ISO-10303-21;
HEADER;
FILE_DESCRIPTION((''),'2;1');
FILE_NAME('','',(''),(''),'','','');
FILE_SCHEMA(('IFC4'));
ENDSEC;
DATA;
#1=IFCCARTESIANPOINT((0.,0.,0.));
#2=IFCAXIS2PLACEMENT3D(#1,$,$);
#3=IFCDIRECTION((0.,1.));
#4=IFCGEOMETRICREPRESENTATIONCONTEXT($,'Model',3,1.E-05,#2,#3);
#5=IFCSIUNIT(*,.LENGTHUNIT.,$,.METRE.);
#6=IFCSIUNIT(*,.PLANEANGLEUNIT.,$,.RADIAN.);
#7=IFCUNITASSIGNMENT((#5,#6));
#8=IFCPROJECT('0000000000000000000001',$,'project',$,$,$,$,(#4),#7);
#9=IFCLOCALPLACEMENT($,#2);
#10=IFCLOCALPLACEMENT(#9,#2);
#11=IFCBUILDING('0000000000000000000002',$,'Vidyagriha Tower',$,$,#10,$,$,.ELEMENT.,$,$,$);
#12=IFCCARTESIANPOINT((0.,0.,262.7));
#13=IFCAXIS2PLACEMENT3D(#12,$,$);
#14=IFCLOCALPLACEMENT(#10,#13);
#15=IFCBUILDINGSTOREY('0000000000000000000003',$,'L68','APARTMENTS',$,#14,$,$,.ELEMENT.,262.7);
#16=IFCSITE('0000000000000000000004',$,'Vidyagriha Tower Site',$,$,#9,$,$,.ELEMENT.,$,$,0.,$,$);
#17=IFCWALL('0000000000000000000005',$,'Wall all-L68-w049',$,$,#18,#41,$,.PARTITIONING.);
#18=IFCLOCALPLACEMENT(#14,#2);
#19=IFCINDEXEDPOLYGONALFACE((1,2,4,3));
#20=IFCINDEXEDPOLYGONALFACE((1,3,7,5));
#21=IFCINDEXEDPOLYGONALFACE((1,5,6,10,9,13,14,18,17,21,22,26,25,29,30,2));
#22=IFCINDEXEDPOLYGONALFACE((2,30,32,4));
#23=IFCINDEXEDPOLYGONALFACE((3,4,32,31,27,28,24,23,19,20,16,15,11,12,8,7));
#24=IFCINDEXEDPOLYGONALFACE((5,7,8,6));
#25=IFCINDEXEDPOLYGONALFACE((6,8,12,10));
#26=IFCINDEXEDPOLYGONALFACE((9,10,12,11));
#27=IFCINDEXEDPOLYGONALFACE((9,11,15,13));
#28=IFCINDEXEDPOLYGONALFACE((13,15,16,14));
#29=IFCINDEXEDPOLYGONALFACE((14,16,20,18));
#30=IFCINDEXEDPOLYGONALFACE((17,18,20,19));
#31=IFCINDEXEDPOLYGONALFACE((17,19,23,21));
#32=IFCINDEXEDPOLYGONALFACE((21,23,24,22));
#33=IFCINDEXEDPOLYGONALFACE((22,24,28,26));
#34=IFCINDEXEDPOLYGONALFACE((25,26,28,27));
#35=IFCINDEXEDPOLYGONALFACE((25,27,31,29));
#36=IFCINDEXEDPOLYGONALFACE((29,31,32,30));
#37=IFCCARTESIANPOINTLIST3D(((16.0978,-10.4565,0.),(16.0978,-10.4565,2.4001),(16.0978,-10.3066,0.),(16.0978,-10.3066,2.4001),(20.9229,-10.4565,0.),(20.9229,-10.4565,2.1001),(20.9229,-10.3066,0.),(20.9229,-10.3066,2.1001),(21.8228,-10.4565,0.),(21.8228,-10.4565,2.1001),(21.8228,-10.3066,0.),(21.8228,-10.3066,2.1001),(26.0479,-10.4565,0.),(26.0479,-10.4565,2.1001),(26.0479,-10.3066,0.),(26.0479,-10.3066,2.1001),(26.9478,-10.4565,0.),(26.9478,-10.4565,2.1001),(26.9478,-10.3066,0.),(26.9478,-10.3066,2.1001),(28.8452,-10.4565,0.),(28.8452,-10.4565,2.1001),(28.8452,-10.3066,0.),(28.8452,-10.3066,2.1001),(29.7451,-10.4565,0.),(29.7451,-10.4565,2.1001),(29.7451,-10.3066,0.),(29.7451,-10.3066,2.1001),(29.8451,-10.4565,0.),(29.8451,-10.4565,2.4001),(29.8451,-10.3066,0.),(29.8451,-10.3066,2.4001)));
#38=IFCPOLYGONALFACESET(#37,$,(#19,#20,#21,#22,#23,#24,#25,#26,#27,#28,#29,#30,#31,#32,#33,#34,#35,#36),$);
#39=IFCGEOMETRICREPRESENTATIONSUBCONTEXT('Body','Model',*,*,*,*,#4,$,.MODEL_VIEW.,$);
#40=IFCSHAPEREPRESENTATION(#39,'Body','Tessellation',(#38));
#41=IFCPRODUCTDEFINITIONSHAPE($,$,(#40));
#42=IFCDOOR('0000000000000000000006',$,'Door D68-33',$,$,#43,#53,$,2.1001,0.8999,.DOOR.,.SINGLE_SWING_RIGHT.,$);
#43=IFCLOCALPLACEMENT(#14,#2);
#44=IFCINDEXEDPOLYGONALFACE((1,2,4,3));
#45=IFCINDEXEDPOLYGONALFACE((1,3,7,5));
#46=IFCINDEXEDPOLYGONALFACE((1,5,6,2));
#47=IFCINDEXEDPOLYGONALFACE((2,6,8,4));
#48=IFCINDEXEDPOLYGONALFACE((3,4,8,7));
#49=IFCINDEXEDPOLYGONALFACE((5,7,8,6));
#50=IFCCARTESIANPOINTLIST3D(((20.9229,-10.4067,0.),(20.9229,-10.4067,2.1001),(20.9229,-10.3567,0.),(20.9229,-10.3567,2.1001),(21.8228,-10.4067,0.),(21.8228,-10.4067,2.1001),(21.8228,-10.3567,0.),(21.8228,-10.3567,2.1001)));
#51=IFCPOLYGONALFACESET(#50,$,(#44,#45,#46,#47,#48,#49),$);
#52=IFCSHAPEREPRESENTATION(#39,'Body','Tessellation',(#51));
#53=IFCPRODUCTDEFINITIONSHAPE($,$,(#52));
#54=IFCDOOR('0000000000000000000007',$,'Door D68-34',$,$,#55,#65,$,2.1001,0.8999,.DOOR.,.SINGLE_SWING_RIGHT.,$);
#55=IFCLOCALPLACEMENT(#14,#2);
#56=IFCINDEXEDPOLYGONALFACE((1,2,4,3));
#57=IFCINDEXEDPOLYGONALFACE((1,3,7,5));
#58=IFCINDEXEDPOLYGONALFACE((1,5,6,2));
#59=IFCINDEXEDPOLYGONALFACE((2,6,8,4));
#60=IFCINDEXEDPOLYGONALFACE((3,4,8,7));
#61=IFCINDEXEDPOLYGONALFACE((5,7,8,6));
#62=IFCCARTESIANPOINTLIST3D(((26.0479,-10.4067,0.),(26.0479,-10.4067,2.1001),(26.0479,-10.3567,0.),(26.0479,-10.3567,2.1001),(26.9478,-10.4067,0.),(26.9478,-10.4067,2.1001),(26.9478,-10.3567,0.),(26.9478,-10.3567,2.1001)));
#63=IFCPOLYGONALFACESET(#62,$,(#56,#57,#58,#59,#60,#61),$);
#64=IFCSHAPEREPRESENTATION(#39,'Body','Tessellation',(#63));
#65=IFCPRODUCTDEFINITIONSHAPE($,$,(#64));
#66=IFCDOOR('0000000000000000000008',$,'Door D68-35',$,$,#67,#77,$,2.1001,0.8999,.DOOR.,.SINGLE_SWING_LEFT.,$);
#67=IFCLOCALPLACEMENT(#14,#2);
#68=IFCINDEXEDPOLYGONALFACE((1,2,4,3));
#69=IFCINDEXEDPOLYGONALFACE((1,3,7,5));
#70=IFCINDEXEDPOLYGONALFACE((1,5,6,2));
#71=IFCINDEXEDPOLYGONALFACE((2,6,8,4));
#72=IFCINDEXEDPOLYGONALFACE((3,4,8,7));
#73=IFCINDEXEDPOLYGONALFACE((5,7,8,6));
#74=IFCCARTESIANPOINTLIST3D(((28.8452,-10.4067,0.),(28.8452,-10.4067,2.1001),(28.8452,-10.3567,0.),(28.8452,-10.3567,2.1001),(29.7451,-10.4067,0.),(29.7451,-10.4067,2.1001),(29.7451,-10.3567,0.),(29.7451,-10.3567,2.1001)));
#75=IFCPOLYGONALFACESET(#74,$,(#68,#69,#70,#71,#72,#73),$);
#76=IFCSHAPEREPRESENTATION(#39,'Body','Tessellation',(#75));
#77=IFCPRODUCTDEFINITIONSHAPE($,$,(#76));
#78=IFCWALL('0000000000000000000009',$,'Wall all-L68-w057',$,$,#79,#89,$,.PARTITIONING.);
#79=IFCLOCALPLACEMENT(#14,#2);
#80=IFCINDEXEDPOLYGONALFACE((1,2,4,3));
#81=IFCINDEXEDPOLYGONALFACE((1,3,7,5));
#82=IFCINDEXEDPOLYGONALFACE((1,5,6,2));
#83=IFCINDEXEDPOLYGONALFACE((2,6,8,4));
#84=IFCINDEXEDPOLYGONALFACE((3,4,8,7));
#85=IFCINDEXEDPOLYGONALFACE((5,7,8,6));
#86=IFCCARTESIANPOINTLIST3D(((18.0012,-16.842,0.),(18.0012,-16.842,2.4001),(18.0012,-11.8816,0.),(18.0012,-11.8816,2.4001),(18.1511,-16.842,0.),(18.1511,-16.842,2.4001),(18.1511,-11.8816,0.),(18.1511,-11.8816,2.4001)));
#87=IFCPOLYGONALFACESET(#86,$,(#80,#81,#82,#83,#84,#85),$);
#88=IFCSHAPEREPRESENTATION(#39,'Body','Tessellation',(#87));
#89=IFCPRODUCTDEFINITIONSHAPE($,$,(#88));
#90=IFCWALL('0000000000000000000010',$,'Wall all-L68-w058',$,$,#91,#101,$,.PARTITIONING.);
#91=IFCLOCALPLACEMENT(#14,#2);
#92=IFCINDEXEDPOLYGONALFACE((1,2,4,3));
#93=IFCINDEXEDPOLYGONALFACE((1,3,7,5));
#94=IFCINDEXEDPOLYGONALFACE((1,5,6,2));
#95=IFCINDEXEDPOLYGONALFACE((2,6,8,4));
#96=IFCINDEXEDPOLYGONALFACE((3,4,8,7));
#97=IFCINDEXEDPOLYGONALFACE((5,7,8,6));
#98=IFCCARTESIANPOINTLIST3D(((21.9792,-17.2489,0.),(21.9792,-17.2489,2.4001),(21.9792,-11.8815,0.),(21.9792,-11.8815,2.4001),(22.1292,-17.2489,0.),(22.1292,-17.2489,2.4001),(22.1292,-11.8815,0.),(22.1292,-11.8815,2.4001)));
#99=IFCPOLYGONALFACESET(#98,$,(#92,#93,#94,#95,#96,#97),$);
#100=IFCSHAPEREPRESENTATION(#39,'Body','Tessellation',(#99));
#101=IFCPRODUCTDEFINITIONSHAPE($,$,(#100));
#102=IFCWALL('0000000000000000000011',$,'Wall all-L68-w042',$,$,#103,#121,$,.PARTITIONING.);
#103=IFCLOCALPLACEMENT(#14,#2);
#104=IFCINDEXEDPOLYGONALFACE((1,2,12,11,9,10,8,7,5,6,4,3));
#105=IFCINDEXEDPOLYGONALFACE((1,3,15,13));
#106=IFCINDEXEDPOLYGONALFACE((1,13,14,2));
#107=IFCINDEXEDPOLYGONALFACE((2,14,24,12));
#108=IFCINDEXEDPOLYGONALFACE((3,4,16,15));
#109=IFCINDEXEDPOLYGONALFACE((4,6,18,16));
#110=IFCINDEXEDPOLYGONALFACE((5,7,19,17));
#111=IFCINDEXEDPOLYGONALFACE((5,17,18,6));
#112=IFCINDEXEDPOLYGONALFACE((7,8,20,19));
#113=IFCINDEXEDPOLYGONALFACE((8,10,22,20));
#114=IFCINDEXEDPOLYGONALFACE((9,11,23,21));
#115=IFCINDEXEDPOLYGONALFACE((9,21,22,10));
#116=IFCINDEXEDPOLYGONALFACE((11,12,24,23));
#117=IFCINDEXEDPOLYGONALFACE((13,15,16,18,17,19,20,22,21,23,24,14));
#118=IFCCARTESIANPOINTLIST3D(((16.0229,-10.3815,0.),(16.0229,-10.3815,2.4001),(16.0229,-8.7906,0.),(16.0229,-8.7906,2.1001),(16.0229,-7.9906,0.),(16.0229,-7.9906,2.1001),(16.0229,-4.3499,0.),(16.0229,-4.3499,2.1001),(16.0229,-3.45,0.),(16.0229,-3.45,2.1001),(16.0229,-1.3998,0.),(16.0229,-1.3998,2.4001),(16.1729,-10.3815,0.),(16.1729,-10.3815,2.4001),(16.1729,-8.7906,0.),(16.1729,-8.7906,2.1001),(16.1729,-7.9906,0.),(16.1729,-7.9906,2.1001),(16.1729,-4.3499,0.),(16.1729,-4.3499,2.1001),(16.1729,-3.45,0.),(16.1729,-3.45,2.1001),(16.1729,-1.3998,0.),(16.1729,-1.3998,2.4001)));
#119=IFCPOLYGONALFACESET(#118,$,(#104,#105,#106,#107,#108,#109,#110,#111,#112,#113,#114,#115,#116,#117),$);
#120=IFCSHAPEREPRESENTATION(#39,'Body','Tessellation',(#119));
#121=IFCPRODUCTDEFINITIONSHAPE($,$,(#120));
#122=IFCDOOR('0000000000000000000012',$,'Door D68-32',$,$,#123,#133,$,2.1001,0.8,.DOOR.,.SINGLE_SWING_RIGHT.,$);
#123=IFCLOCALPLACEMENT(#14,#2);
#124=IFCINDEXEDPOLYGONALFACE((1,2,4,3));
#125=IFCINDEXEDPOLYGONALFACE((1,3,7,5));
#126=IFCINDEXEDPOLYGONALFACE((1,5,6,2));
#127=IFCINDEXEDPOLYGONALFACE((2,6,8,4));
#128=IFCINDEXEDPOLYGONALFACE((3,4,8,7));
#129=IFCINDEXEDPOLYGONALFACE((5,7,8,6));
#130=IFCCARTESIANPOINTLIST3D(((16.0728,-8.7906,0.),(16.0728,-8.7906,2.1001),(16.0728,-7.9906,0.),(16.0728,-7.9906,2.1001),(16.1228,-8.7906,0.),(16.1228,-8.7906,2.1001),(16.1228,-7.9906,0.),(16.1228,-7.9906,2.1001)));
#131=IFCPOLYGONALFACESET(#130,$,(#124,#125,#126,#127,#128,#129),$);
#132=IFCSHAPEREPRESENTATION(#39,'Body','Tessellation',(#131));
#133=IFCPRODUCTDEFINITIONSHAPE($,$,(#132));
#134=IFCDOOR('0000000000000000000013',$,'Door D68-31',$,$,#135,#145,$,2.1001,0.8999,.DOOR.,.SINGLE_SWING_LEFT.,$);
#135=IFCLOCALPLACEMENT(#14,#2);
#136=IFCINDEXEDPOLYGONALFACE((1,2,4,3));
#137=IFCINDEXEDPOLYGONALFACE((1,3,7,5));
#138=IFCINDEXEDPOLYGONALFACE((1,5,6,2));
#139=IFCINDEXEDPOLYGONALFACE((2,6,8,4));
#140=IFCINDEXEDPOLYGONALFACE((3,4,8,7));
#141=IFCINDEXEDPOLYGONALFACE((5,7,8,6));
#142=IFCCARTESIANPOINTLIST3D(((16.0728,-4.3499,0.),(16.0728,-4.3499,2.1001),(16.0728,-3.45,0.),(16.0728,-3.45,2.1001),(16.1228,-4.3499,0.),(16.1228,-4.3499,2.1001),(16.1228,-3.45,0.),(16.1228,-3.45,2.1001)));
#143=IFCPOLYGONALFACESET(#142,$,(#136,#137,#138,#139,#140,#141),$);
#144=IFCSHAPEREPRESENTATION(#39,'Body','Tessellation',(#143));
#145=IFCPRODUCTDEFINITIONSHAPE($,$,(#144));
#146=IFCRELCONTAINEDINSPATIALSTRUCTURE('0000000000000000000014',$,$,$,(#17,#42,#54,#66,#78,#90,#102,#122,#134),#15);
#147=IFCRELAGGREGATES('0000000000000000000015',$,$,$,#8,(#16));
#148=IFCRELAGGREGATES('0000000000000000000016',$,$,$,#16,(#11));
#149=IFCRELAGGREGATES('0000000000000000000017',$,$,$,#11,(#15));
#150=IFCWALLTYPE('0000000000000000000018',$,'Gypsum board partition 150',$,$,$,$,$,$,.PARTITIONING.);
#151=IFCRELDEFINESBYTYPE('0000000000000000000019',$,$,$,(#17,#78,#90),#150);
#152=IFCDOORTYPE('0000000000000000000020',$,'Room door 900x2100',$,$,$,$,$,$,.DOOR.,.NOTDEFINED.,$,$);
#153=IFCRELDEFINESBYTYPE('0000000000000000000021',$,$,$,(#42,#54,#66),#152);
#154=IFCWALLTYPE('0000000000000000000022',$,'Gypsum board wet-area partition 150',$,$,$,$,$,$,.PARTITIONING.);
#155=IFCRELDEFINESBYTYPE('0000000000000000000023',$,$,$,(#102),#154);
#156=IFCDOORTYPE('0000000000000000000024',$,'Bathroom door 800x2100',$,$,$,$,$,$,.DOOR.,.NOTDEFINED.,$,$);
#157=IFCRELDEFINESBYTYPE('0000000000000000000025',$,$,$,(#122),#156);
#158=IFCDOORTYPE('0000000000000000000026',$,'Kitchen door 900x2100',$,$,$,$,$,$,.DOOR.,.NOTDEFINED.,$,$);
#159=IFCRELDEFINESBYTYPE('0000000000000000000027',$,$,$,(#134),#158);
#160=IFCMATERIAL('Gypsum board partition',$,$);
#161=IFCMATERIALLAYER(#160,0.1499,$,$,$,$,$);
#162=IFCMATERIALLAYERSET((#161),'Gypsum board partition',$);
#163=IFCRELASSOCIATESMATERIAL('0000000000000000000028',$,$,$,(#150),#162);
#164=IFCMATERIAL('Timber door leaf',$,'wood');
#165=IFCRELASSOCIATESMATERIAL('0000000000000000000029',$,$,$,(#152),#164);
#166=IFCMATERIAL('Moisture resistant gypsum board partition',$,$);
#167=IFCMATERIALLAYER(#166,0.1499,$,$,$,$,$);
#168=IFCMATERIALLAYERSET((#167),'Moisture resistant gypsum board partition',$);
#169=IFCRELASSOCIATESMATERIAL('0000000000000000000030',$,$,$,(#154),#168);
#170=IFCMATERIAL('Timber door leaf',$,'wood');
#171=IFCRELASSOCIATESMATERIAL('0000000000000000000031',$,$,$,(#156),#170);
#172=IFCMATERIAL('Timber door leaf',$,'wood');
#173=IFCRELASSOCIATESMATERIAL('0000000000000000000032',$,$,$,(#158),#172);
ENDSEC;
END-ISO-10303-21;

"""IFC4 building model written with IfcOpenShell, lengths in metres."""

from ifc_helpers import new_model, si_unit, direction, frame, frame_2d, origin, place, context, subcontext, project, spatial, rectangle, extrude, material, layer, layer_set, type_object, element, fill, save


model = new_model("IFC4")

# Units and contexts
model_context = context("Model", 3, precision=1e-05, world=origin(), true_north=direction((0.0, 1.0)))
body_context = subcontext(model_context, "Body", "Model", "MODEL_VIEW")
ifc_project = project(units=[si_unit("LENGTHUNIT", "METRE"), si_unit("PLANEANGLEUNIT", "RADIAN")], contexts=[model_context])

# Site, building, storey
site_placement = place(None, origin())
site = spatial("IfcSite", under=ifc_project, at=site_placement, Name="Vidyagriha Tower Site", CompositionType="ELEMENT", RefElevation=0.0)
building_placement = place(site_placement, origin())
building = spatial("IfcBuilding", under=site, at=building_placement, Name="Vidyagriha Tower", CompositionType="ELEMENT")
storey_placement = place(building_placement, frame((0.0, 0.0, 262.7)))
storey = spatial("IfcBuildingStorey", under=building, at=storey_placement, Name="L68", Description="APARTMENTS", CompositionType="ELEMENT", Elevation=262.7)

# Shared definitions
ifc_material_1 = material(Name="Gypsum board partition")
ifc_layer_1 = layer(ifc_material_1, 0.1499)
ifc_layer_set_1 = layer_set([ifc_layer_1], Name="Gypsum board partition")
wall_type_1 = type_object("IfcWallType", Name="Gypsum board partition 150", PredefinedType="PARTITIONING", material=ifc_layer_set_1)
ifc_material_2 = material(Name="Timber door leaf", Category="wood")
door_type_1 = type_object("IfcDoorType", Name="Room door 900x2100", OperationType="NOTDEFINED", PredefinedType="DOOR", material=ifc_material_2)

# Wall, openings, doors
wall_1_placement = place(storey_placement, frame((16.0979, -10.3816, 0.0)))
wall_1 = element("IfcWall", 1, at=wall_1_placement, inside=storey, type_object=wall_type_1, Name="Wall all-L68-w049", PredefinedType="PARTITIONING", context=body_context, shape_type="SweptSolid", body=[
    extrude(rectangle(XDim=13.7473, YDim=0.1499, at=frame_2d((6.8735, 0.0))), origin(), (0.0, 0.0, 1.0), 2.4001),
])
opening_1_placement = place(wall_1_placement, frame((4.825, 0.0, 0.0)))
opening_1 = element("IfcOpeningElement", 2, at=opening_1_placement, cuts=wall_1, PredefinedType="OPENING", context=body_context, shape_type="SweptSolid", body=[
    extrude(rectangle(XDim=0.8999, YDim=2.1001, at=frame_2d((0.45, 1.05))), frame((0.0, 0.085, 0.0), z_axis=(0.0, -1.0, 0.0), x_axis=(1.0, 0.0, 0.0)), (0.0, 0.0, 1.0), 0.1699),
])
opening_2_placement = place(wall_1_placement, frame((9.95, 0.0, 0.0)))
opening_2 = element("IfcOpeningElement", 3, at=opening_2_placement, cuts=wall_1, PredefinedType="OPENING", context=body_context, shape_type="SweptSolid", body=[
    extrude(rectangle(XDim=0.8999, YDim=2.1001, at=frame_2d((0.45, 1.05))), frame((0.0, 0.085, 0.0), z_axis=(0.0, -1.0, 0.0), x_axis=(1.0, 0.0, 0.0)), (0.0, 0.0, 1.0), 0.1699),
])
opening_3_placement = place(wall_1_placement, frame((12.7473, 0.0, 0.0)))
opening_3 = element("IfcOpeningElement", 4, at=opening_3_placement, cuts=wall_1, PredefinedType="OPENING", context=body_context, shape_type="SweptSolid", body=[
    extrude(rectangle(XDim=0.8999, YDim=2.1001, at=frame_2d((0.45, 1.05))), frame((0.0, 0.085, 0.0), z_axis=(0.0, -1.0, 0.0), x_axis=(1.0, 0.0, 0.0)), (0.0, 0.0, 1.0), 0.1699),
])
door_1_placement = place(opening_1_placement, origin())
door_1 = element("IfcDoor", 5, at=door_1_placement, inside=storey, type_object=door_type_1, Name="Door D68-33", OperationType="SINGLE_SWING_RIGHT", OverallHeight=2.1001, OverallWidth=0.8999, PredefinedType="DOOR", context=body_context, shape_type="SweptSolid", body=[
    extrude(rectangle(XDim=0.8999, YDim=2.1001, at=frame_2d((0.45, 1.05))), frame((0.0, 0.0249, 0.0), z_axis=(0.0, -1.0, 0.0), x_axis=(1.0, 0.0, 0.0)), (0.0, 0.0, 1.0), 0.05),
])
fill(opening_1, door_1)
door_2_placement = place(opening_2_placement, origin())
door_2 = element("IfcDoor", 6, at=door_2_placement, inside=storey, type_object=door_type_1, Name="Door D68-34", OperationType="SINGLE_SWING_RIGHT", OverallHeight=2.1001, OverallWidth=0.8999, PredefinedType="DOOR", context=body_context, shape_type="SweptSolid", body=[
    extrude(rectangle(XDim=0.8999, YDim=2.1001, at=frame_2d((0.45, 1.05))), frame((0.0, 0.0249, 0.0), z_axis=(0.0, -1.0, 0.0), x_axis=(1.0, 0.0, 0.0)), (0.0, 0.0, 1.0), 0.05),
])
fill(opening_2, door_2)
door_3_placement = place(opening_3_placement, origin())
door_3 = element("IfcDoor", 7, at=door_3_placement, inside=storey, type_object=door_type_1, Name="Door D68-35", OperationType="SINGLE_SWING_LEFT", OverallHeight=2.1001, OverallWidth=0.8999, PredefinedType="DOOR", context=body_context, shape_type="SweptSolid", body=[
    extrude(rectangle(XDim=0.8999, YDim=2.1001, at=frame_2d((0.45, 1.05))), frame((0.0, 0.0249, 0.0), z_axis=(0.0, -1.0, 0.0), x_axis=(1.0, 0.0, 0.0)), (0.0, 0.0, 1.0), 0.05),
])
fill(opening_3, door_3)

# Walls
wall_2_placement = place(storey_placement, frame((18.0762, -11.8816, 0.0), z_axis=(0.0, 0.0, 1.0), x_axis=(0.0, -1.0, 0.0)))
element("IfcWall", 8, at=wall_2_placement, inside=storey, type_object=wall_type_1, Name="Wall all-L68-w057", PredefinedType="PARTITIONING", context=body_context, shape_type="SweptSolid", body=[
    extrude(rectangle(XDim=4.9604, YDim=0.1499, at=frame_2d((2.4802, 0.0))), origin(), (0.0, 0.0, 1.0), 2.4001),
])
wall_3_placement = place(storey_placement, frame((22.0542, -11.8816, 0.0), z_axis=(0.0, 0.0, 1.0), x_axis=(0.0, -1.0, 0.0)))
element("IfcWall", 9, at=wall_3_placement, inside=storey, type_object=wall_type_1, Name="Wall all-L68-w058", PredefinedType="PARTITIONING", context=body_context, shape_type="SweptSolid", body=[
    extrude(rectangle(XDim=5.3674, YDim=0.1499, at=frame_2d((2.6836, 0.0))), origin(), (0.0, 0.0, 1.0), 2.4001),
])

# Wall, openings, doors
ifc_material_3 = material(Name="Moisture resistant gypsum board partition")
ifc_layer_2 = layer(ifc_material_3, 0.1499)
ifc_layer_set_2 = layer_set([ifc_layer_2], Name="Moisture resistant gypsum board partition")
wall_type_2 = type_object("IfcWallType", Name="Gypsum board wet-area partition 150", PredefinedType="PARTITIONING", material=ifc_layer_set_2)
wall_4_placement = place(storey_placement, frame((16.0979, -1.3999, 0.0), z_axis=(0.0, 0.0, 1.0), x_axis=(0.0, -1.0, 0.0)))
wall_4 = element("IfcWall", 10, at=wall_4_placement, inside=storey, type_object=wall_type_2, Name="Wall all-L68-w042", PredefinedType="PARTITIONING", context=body_context, shape_type="SweptSolid", body=[
    extrude(rectangle(XDim=8.9817, YDim=0.1499, at=frame_2d((4.4907, 0.0))), origin(), (0.0, 0.0, 1.0), 2.4001),
])
opening_4_placement = place(wall_4_placement, frame((2.05, 0.0, 0.0)))
opening_4 = element("IfcOpeningElement", 11, at=opening_4_placement, cuts=wall_4, PredefinedType="OPENING", context=body_context, shape_type="SweptSolid", body=[
    extrude(rectangle(XDim=0.8999, YDim=2.1001, at=frame_2d((0.45, 1.05))), frame((0.0, 0.085, 0.0), z_axis=(0.0, -1.0, 0.0), x_axis=(1.0, 0.0, 0.0)), (0.0, 0.0, 1.0), 0.1699),
])
opening_5_placement = place(wall_4_placement, frame((6.5908, 0.0, 0.0)))
opening_5 = element("IfcOpeningElement", 12, at=opening_5_placement, cuts=wall_4, PredefinedType="OPENING", context=body_context, shape_type="SweptSolid", body=[
    extrude(rectangle(XDim=0.8, YDim=2.1001, at=frame_2d((0.3999, 1.05))), frame((0.0, 0.085, 0.0), z_axis=(0.0, -1.0, 0.0), x_axis=(1.0, 0.0, 0.0)), (0.0, 0.0, 1.0), 0.1699),
])
ifc_material_4 = material(Name="Timber door leaf", Category="wood")
door_type_2 = type_object("IfcDoorType", Name="Bathroom door 800x2100", OperationType="NOTDEFINED", PredefinedType="DOOR", material=ifc_material_4)
door_4_placement = place(opening_5_placement, origin())
door_4 = element("IfcDoor", 13, at=door_4_placement, inside=storey, type_object=door_type_2, Name="Door D68-32", OperationType="SINGLE_SWING_RIGHT", OverallHeight=2.1001, OverallWidth=0.8, PredefinedType="DOOR", context=body_context, shape_type="SweptSolid", body=[
    extrude(rectangle(XDim=0.8, YDim=2.1001, at=frame_2d((0.3999, 1.05))), frame((0.0, 0.0249, 0.0), z_axis=(0.0, -1.0, 0.0), x_axis=(1.0, 0.0, 0.0)), (0.0, 0.0, 1.0), 0.05),
])
fill(opening_5, door_4)
ifc_material_5 = material(Name="Timber door leaf", Category="wood")
door_type_3 = type_object("IfcDoorType", Name="Kitchen door 900x2100", OperationType="NOTDEFINED", PredefinedType="DOOR", material=ifc_material_5)
door_5_placement = place(opening_4_placement, origin())
door_5 = element("IfcDoor", 14, at=door_5_placement, inside=storey, type_object=door_type_3, Name="Door D68-31", OperationType="SINGLE_SWING_LEFT", OverallHeight=2.1001, OverallWidth=0.8999, PredefinedType="DOOR", context=body_context, shape_type="SweptSolid", body=[
    extrude(rectangle(XDim=0.8999, YDim=2.1001, at=frame_2d((0.45, 1.05))), frame((0.0, 0.0249, 0.0), z_axis=(0.0, -1.0, 0.0), x_axis=(1.0, 0.0, 0.0)), (0.0, 0.0, 1.0), 0.05),
])
fill(opening_4, door_5)

save(model, "model.ifc")
